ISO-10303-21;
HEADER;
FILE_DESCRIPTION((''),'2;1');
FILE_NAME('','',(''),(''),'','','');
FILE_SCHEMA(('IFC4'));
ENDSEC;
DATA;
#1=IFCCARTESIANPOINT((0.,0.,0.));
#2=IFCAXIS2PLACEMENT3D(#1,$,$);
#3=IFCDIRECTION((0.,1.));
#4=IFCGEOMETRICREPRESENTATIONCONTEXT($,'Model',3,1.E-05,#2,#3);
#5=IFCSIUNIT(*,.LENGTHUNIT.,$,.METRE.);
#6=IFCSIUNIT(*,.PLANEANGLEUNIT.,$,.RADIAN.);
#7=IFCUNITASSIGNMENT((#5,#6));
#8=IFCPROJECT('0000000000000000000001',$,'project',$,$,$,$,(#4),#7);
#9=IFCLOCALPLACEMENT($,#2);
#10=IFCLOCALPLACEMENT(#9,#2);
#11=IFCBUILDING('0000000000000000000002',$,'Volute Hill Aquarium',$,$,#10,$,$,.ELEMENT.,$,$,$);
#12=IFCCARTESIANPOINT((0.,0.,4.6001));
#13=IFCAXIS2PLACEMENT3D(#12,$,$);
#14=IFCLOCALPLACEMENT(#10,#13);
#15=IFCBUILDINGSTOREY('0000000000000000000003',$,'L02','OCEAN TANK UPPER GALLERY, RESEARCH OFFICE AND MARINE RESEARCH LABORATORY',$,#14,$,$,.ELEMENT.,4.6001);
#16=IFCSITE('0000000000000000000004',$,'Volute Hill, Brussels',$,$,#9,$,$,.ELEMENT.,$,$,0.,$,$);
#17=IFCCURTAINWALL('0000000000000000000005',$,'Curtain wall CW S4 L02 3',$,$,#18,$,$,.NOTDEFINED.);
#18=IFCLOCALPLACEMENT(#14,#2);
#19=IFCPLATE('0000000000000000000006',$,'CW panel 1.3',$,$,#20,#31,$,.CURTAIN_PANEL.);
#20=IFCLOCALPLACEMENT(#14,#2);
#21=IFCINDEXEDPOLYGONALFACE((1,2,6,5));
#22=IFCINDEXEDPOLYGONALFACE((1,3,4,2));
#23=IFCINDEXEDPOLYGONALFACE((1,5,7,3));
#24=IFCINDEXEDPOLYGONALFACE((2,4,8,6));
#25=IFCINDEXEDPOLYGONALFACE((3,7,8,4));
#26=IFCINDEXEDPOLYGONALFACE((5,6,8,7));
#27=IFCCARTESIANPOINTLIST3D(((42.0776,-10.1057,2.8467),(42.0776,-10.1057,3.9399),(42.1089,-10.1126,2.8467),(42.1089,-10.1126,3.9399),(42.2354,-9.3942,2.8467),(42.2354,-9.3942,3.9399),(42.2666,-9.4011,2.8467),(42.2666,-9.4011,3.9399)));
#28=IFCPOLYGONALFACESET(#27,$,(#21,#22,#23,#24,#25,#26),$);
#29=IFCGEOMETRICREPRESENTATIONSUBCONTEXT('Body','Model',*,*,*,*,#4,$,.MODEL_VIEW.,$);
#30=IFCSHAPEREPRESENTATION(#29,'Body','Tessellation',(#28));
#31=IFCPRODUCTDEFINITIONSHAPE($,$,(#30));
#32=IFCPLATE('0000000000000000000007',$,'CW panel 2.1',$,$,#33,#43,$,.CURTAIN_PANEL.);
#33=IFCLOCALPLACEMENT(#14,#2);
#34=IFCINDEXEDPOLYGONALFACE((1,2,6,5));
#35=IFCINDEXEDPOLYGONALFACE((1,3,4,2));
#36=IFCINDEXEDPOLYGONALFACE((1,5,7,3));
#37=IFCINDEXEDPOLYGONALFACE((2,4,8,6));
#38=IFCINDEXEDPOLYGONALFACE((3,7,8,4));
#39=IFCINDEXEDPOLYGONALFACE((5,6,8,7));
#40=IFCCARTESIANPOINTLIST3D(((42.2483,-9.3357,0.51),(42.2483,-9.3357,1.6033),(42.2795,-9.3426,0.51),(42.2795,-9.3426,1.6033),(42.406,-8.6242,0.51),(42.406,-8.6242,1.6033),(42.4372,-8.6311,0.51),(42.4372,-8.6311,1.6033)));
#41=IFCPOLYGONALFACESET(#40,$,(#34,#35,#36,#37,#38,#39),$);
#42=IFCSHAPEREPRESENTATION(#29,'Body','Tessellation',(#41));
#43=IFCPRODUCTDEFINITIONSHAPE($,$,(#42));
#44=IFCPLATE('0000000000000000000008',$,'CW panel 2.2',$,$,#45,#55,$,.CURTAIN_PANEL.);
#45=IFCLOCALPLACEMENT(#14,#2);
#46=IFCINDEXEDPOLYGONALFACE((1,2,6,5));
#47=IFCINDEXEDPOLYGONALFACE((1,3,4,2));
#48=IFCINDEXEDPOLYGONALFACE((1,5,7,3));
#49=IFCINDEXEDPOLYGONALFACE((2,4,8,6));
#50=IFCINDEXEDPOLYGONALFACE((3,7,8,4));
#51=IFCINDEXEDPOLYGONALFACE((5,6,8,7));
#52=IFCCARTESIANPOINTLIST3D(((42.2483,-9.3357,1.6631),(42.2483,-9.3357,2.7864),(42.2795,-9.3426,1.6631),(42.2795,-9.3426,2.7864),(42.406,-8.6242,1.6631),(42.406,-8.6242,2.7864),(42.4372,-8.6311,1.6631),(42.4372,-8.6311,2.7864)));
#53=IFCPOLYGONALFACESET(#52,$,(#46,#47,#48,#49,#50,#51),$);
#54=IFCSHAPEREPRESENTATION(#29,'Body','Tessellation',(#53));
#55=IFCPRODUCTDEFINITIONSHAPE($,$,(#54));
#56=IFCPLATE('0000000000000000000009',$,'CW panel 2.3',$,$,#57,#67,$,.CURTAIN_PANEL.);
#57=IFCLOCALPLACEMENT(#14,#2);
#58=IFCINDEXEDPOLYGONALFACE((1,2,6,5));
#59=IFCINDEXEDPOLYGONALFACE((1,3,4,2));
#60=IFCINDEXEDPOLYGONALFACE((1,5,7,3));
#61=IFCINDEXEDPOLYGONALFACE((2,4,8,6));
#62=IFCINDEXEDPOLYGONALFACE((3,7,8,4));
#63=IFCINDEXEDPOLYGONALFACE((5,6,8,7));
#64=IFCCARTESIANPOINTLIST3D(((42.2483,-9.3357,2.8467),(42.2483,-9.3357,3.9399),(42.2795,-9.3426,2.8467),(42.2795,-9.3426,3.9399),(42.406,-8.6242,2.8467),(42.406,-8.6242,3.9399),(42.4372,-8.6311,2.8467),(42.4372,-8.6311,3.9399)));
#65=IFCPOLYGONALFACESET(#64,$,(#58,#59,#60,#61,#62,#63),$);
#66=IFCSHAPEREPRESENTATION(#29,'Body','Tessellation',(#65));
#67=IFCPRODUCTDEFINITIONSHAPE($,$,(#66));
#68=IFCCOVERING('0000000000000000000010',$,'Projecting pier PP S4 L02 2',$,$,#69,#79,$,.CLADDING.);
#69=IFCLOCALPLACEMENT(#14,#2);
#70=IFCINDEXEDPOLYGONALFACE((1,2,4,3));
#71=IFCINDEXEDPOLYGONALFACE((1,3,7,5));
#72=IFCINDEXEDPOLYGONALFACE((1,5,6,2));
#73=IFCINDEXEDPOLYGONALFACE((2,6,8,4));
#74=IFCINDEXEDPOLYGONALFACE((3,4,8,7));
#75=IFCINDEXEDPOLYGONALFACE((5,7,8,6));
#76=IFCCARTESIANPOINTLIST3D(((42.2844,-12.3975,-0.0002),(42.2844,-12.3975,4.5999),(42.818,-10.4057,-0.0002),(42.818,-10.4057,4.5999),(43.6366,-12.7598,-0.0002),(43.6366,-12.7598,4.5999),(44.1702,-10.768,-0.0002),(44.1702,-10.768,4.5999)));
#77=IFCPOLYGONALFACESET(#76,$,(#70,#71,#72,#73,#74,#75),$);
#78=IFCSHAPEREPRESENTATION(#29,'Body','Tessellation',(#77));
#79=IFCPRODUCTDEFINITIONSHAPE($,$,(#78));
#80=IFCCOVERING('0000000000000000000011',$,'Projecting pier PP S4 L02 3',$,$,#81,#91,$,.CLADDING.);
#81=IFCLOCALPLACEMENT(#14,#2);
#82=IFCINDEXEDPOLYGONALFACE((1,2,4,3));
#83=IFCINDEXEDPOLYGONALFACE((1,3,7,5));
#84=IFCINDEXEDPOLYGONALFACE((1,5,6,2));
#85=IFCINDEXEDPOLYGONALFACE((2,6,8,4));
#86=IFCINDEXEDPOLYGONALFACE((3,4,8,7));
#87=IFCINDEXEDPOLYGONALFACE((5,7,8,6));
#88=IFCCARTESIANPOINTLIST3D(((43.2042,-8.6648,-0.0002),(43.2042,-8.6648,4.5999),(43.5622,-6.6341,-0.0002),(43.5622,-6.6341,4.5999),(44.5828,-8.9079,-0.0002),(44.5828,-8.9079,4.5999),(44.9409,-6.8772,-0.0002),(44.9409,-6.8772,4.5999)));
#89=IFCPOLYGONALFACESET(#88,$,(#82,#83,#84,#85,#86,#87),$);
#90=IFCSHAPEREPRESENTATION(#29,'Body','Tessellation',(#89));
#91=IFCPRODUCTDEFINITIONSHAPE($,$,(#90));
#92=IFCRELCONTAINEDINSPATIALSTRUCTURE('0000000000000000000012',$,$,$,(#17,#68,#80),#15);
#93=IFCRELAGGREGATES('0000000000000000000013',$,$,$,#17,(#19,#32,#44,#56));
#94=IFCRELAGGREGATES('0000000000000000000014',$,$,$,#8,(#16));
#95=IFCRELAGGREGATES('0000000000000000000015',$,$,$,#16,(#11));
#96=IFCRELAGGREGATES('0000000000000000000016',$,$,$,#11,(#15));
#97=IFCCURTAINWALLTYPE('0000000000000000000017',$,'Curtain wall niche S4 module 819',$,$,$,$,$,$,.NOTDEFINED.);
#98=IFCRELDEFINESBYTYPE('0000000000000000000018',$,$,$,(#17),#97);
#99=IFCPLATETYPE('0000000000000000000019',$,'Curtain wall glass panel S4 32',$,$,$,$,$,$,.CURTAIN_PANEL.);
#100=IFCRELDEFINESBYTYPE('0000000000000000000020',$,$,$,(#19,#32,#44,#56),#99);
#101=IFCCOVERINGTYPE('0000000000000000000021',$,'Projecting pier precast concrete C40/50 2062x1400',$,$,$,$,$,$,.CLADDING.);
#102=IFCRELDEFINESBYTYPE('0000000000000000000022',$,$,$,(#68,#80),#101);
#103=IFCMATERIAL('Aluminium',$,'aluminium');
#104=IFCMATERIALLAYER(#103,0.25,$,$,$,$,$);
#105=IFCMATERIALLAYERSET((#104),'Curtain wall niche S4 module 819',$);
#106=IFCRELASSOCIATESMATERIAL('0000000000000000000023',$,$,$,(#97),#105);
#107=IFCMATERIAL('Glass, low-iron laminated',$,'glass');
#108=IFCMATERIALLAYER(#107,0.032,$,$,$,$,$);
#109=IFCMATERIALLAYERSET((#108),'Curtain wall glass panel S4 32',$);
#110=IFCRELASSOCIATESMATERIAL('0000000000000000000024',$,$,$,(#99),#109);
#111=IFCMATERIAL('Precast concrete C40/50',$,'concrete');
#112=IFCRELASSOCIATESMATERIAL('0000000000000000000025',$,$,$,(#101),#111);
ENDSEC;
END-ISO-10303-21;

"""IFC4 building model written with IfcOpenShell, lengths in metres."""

from ifc_helpers import new_model, si_unit, direction, frame, origin, origin_2d, place, context, subcontext, project, spatial, rectangle, extrude, material, layer, layer_set, type_object, element, aggregate, save


model = new_model("IFC4")

# Units and contexts
model_context = context("Model", 3, precision=1e-05, world=origin(), true_north=direction((0.0, 1.0)))
body_context = subcontext(model_context, "Body", "Model", "MODEL_VIEW")
ifc_project = project(units=[si_unit("LENGTHUNIT", "METRE"), si_unit("PLANEANGLEUNIT", "RADIAN")], contexts=[model_context])

# Site, building, storey
site_placement = place(None, origin())
site = spatial("IfcSite", under=ifc_project, at=site_placement, Name="Volute Hill, Brussels", CompositionType="ELEMENT", RefElevation=0.0)
building_placement = place(site_placement, origin())
building = spatial("IfcBuilding", under=site, at=building_placement, Name="Volute Hill Aquarium", CompositionType="ELEMENT")
storey_placement = place(building_placement, frame((0.0, 0.0, 4.6001)))
storey = spatial("IfcBuildingStorey", under=building, at=storey_placement, Name="L02", Description="OCEAN TANK UPPER GALLERY, RESEARCH OFFICE AND MARINE RESEARCH LABORATORY", CompositionType="ELEMENT", Elevation=4.6001)

# Curtain wall
ifc_material_1 = material(Name="Aluminium", Category="aluminium")
ifc_layer_1 = layer(ifc_material_1, 0.25)
ifc_layer_set_1 = layer_set([ifc_layer_1], Name="Curtain wall niche S4 module 819")
curtain_wall_type = type_object("IfcCurtainWallType", Name="Curtain wall niche S4 module 819", PredefinedType="NOTDEFINED", material=ifc_layer_set_1)
curtain_wall_placement = place(storey_placement, origin())
curtain_wall = element("IfcCurtainWall", 1, at=curtain_wall_placement, inside=storey, type_object=curtain_wall_type, Name="Curtain wall CW S4 L02 3", PredefinedType="NOTDEFINED")

# Plates
ifc_material_2 = material(Name="Glass, low-iron laminated", Category="glass")
ifc_layer_2 = layer(ifc_material_2, 0.032)
ifc_layer_set_2 = layer_set([ifc_layer_2], Name="Curtain wall glass panel S4 32")
plate_type = type_object("IfcPlateType", Name="Curtain wall glass panel S4 32", PredefinedType="CURTAIN_PANEL", material=ifc_layer_set_2)
plate_1_placement = place(storey_placement, frame((42.1721, -9.7534, 2.8467), z_axis=(0.0, 0.0, 1.0), x_axis=(0.216432, 0.976298, 0.0)))
plate_1 = element("IfcPlate", 2, at=plate_1_placement, type_object=plate_type, Name="CW panel 1.3", PredefinedType="CURTAIN_PANEL", context=body_context, shape_type="SweptSolid", body=[
    extrude(rectangle(XDim=0.7288, YDim=0.032, at=origin_2d()), origin(), (0.0, 0.0, 1.0), 1.0933),
])
plate_2_placement = place(storey_placement, frame((42.3428, -8.9834, 0.51), z_axis=(0.0, 0.0, 1.0), x_axis=(0.216432, 0.976298, 0.0)))
plate_2 = element("IfcPlate", 3, at=plate_2_placement, type_object=plate_type, Name="CW panel 2.1", PredefinedType="CURTAIN_PANEL", context=body_context, shape_type="SweptSolid", body=[
    extrude(rectangle(XDim=0.7288, YDim=0.032, at=origin_2d()), origin(), (0.0, 0.0, 1.0), 1.0933),
])
plate_3_placement = place(storey_placement, frame((42.3428, -8.9834, 1.6631), z_axis=(0.0, 0.0, 1.0), x_axis=(0.216432, 0.976298, 0.0)))
plate_3 = element("IfcPlate", 4, at=plate_3_placement, type_object=plate_type, Name="CW panel 2.2", PredefinedType="CURTAIN_PANEL", context=body_context, shape_type="SweptSolid", body=[
    extrude(rectangle(XDim=0.7288, YDim=0.032, at=origin_2d()), origin(), (0.0, 0.0, 1.0), 1.1233),
])
plate_4_placement = place(storey_placement, frame((42.3428, -8.9834, 2.8467), z_axis=(0.0, 0.0, 1.0), x_axis=(0.216432, 0.976298, 0.0)))
plate_4 = element("IfcPlate", 5, at=plate_4_placement, type_object=plate_type, Name="CW panel 2.3", PredefinedType="CURTAIN_PANEL", context=body_context, shape_type="SweptSolid", body=[
    extrude(rectangle(XDim=0.7288, YDim=0.032, at=origin_2d()), origin(), (0.0, 0.0, 1.0), 1.0933),
])
aggregate(curtain_wall, [plate_1, plate_2, plate_3, plate_4])

# Coverings
ifc_material_3 = material(Name="Precast concrete C40/50", Category="concrete")
covering_type = type_object("IfcCoveringType", Name="Projecting pier precast concrete C40/50 2062x1400", PredefinedType="CLADDING", material=ifc_material_3)
for number, where, z_axis, x_axis, name in (
    (6, (43.2273, -11.5828, -0.0002), (0.0, 0.0, 1.0), (0.258819, 0.965926, 0.0), "Projecting pier PP S4 L02 2"),
    (7, (44.0725, -7.771, -0.0002), (0.0, 0.0, 1.0), (0.173648, 0.984808, 0.0), "Projecting pier PP S4 L02 3"),
):
    element("IfcCovering", number, at=place(storey_placement, frame(where, z_axis=z_axis, x_axis=x_axis)), inside=storey, type_object=covering_type, Name=name, PredefinedType="CLADDING", context=body_context, shape_type="SweptSolid", body=[
        extrude(rectangle(XDim=2.062, YDim=1.3999, at=origin_2d()), origin(), (0.0, 0.0, 1.0), 4.6001),
    ])

save(model, "model.ifc")
